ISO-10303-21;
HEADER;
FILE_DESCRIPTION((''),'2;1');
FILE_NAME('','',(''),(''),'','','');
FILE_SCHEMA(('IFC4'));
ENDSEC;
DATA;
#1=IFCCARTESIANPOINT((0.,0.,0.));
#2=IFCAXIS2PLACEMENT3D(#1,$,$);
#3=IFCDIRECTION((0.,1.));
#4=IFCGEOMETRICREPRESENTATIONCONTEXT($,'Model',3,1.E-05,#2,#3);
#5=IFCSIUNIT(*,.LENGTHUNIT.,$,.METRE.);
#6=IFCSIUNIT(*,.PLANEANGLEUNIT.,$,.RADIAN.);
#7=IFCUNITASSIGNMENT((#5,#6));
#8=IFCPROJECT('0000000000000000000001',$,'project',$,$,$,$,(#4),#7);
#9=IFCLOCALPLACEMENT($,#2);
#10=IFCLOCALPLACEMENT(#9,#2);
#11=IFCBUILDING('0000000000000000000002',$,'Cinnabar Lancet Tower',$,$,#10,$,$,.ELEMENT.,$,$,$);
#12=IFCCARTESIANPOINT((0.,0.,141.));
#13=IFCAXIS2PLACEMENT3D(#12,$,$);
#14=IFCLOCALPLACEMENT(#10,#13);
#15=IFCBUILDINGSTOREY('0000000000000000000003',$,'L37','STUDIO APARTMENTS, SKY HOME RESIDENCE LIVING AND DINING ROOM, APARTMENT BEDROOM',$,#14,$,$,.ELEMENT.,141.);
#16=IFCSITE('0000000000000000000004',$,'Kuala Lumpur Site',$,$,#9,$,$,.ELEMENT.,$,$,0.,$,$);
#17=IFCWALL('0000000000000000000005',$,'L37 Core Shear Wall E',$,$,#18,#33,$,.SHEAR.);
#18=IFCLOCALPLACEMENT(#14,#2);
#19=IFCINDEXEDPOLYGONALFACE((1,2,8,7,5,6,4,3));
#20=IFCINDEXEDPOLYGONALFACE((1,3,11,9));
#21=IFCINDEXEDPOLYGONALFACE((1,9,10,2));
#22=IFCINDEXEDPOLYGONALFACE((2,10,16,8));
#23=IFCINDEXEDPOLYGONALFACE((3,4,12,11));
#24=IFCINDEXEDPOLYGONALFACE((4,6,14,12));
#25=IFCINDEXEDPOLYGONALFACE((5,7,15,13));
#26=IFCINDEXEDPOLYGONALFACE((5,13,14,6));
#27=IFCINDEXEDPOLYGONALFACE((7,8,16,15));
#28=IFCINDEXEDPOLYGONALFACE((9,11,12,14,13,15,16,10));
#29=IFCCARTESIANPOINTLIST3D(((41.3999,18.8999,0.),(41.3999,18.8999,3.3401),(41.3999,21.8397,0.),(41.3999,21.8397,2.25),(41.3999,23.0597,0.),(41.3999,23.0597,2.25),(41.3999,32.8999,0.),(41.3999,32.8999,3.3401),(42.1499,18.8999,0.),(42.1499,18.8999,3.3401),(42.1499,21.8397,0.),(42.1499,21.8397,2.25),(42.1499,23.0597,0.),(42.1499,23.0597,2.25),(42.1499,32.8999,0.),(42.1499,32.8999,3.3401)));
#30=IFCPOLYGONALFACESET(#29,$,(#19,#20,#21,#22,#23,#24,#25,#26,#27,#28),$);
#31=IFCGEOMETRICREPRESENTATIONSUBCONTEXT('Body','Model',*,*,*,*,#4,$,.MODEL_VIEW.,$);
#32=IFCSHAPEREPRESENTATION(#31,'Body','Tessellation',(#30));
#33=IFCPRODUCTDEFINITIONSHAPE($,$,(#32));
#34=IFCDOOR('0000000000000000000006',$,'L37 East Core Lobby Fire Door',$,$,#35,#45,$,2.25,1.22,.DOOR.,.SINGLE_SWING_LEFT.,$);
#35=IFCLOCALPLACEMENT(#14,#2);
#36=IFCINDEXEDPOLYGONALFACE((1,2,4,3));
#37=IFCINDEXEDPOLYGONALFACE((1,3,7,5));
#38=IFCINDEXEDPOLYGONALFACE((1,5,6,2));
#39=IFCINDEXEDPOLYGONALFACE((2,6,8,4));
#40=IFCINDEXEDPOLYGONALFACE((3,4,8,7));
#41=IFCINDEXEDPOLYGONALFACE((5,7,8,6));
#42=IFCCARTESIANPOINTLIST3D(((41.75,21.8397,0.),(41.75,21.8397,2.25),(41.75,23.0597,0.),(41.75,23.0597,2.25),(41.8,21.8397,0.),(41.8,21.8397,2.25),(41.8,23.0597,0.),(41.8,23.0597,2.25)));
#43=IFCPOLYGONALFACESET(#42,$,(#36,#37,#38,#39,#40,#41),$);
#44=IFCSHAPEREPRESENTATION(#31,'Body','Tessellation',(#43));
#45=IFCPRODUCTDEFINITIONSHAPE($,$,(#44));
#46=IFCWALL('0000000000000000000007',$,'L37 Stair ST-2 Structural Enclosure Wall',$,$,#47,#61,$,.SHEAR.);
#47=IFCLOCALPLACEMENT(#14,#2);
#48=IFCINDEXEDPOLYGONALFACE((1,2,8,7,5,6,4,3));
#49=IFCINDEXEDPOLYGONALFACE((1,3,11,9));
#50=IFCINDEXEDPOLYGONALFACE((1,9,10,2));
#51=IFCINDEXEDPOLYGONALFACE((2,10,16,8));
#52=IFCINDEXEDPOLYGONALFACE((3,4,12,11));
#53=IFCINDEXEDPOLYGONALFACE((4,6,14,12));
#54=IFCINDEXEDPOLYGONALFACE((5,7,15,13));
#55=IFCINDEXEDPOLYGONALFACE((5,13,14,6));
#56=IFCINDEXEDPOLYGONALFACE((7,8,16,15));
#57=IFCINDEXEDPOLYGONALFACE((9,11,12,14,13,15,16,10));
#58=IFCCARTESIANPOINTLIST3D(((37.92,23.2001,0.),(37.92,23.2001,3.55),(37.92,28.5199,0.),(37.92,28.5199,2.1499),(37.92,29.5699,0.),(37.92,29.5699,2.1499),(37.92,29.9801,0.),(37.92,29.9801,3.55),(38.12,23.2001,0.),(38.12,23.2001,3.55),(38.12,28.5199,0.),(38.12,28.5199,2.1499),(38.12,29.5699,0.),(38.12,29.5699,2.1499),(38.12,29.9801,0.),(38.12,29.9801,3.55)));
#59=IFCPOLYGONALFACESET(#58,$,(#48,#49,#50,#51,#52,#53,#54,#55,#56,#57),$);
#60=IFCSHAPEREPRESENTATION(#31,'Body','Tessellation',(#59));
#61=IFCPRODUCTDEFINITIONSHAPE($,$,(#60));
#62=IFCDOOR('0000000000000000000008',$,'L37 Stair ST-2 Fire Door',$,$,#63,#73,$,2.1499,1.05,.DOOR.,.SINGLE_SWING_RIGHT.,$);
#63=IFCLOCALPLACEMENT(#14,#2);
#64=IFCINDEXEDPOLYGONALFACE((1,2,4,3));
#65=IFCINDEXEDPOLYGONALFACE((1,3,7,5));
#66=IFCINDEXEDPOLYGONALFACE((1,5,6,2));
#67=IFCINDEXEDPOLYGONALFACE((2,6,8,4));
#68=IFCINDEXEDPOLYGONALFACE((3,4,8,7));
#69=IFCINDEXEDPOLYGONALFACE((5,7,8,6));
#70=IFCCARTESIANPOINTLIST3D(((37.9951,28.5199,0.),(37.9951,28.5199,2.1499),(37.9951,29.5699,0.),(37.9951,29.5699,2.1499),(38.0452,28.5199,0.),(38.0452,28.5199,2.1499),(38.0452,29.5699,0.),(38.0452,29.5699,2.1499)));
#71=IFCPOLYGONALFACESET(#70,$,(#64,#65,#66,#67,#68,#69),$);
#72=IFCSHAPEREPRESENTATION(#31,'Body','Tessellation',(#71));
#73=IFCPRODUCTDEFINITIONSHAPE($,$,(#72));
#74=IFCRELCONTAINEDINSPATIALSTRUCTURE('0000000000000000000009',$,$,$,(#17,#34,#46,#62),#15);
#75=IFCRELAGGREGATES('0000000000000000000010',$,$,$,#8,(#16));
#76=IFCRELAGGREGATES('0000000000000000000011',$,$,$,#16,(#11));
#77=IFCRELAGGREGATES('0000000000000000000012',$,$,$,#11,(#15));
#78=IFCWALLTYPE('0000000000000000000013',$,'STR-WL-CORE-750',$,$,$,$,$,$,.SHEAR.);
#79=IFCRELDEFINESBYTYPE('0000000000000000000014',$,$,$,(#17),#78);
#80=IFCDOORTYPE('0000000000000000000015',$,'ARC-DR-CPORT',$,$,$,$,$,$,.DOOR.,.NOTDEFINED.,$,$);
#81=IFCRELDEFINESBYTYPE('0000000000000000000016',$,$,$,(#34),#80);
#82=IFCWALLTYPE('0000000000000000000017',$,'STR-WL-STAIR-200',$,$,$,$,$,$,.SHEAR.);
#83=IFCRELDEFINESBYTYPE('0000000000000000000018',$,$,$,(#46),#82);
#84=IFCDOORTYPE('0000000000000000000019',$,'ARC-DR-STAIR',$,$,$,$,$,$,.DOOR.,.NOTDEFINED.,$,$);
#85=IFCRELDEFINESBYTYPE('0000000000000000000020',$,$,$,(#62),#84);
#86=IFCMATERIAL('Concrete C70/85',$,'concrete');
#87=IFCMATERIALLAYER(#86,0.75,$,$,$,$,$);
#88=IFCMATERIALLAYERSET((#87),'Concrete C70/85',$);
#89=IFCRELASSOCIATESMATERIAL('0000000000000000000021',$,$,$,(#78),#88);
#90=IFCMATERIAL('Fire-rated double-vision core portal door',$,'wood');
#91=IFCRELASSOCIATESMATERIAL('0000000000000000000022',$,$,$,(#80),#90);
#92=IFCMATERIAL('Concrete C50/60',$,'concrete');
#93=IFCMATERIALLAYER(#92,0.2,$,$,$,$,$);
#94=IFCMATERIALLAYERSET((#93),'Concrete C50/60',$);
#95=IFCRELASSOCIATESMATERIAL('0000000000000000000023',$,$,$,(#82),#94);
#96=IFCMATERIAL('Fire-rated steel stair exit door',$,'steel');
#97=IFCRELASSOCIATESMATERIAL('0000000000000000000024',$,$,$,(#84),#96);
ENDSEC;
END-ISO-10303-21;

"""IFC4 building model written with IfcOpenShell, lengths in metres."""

from ifc_helpers import new_model, si_unit, direction, frame, frame_2d, origin, place, context, subcontext, project, spatial, rectangle, extrude, material, layer, layer_set, type_object, element, fill, save


model = new_model("IFC4")

# Units and contexts
model_context = context("Model", 3, precision=1e-05, world=origin(), true_north=direction((0.0, 1.0)))
body_context = subcontext(model_context, "Body", "Model", "MODEL_VIEW")
ifc_project = project(units=[si_unit("LENGTHUNIT", "METRE"), si_unit("PLANEANGLEUNIT", "RADIAN")], contexts=[model_context])

# Site, building, storey
site_placement = place(None, origin())
site = spatial("IfcSite", under=ifc_project, at=site_placement, Name="Kuala Lumpur Site", CompositionType="ELEMENT", RefElevation=0.0)
building_placement = place(site_placement, origin())
building = spatial("IfcBuilding", under=site, at=building_placement, Name="Cinnabar Lancet Tower", CompositionType="ELEMENT")
storey_placement = place(building_placement, frame((0.0, 0.0, 141.0)))
storey = spatial("IfcBuildingStorey", under=building, at=storey_placement, Name="L37", Description="STUDIO APARTMENTS, SKY HOME RESIDENCE LIVING AND DINING ROOM, APARTMENT BEDROOM", CompositionType="ELEMENT", Elevation=141.0)

# Walls, openings, doors
ifc_material_1 = material(Name="Concrete C70/85", Category="concrete")
ifc_layer_1 = layer(ifc_material_1, 0.75)
ifc_layer_set_1 = layer_set([ifc_layer_1], Name="Concrete C70/85")
wall_type_1 = type_object("IfcWallType", Name="STR-WL-CORE-750", PredefinedType="SHEAR", material=ifc_layer_set_1)
wall_1_placement = place(storey_placement, frame((41.7749, 18.8999, 0.0), z_axis=(0.0, 0.0, 1.0), x_axis=(0.0, 1.0, 0.0)))
wall_1 = element("IfcWall", 1, at=wall_1_placement, inside=storey, type_object=wall_type_1, Name="L37 Core Shear Wall E", PredefinedType="SHEAR", context=body_context, shape_type="SweptSolid", body=[
    extrude(rectangle(XDim=14.0, YDim=0.75, at=frame_2d((7.0, 0.0))), origin(), (0.0, 0.0, 1.0), 3.3401),
])
opening_1_placement = place(wall_1_placement, frame((2.9399, 0.0, 0.0)))
opening_1 = element("IfcOpeningElement", 2, at=opening_1_placement, cuts=wall_1, PredefinedType="OPENING", context=body_context, shape_type="SweptSolid", body=[
    extrude(rectangle(XDim=1.22, YDim=2.25, at=frame_2d((0.6099, 1.125))), frame((0.0, 0.385, 0.0), z_axis=(0.0, -1.0, 0.0), x_axis=(1.0, 0.0, 0.0)), (0.0, 0.0, 1.0), 0.77),
])
ifc_material_2 = material(Name="Fire-rated double-vision core portal door", Category="wood")
door_type_1 = type_object("IfcDoorType", Name="ARC-DR-CPORT", OperationType="NOTDEFINED", PredefinedType="DOOR", material=ifc_material_2)
door_1_placement = place(opening_1_placement, origin())
door_1 = element("IfcDoor", 3, at=door_1_placement, inside=storey, type_object=door_type_1, Name="L37 East Core Lobby Fire Door", OperationType="SINGLE_SWING_LEFT", OverallHeight=2.25, OverallWidth=1.22, PredefinedType="DOOR", context=body_context, shape_type="SweptSolid", body=[
    extrude(rectangle(XDim=1.22, YDim=2.25, at=frame_2d((0.6099, 1.125))), frame((0.0, 0.0249, 0.0), z_axis=(0.0, -1.0, 0.0), x_axis=(1.0, 0.0, 0.0)), (0.0, 0.0, 1.0), 0.05),
])
fill(opening_1, door_1)
ifc_material_3 = material(Name="Concrete C50/60", Category="concrete")
ifc_layer_2 = layer(ifc_material_3, 0.2)
ifc_layer_set_2 = layer_set([ifc_layer_2], Name="Concrete C50/60")
wall_type_2 = type_object("IfcWallType", Name="STR-WL-STAIR-200", PredefinedType="SHEAR", material=ifc_layer_set_2)
wall_2_placement = place(storey_placement, frame((38.02, 23.2, 0.0), z_axis=(0.0, 0.0, 1.0), x_axis=(0.0, 1.0, 0.0)))
wall_2 = element("IfcWall", 4, at=wall_2_placement, inside=storey, type_object=wall_type_2, Name="L37 Stair ST-2 Structural Enclosure Wall", PredefinedType="SHEAR", context=body_context, shape_type="SweptSolid", body=[
    extrude(rectangle(XDim=6.78, YDim=0.2, at=frame_2d((3.3901, 0.0))), origin(), (0.0, 0.0, 1.0), 3.55),
])
opening_2_placement = place(wall_2_placement, frame((5.3201, 0.0, 0.0)))
opening_2 = element("IfcOpeningElement", 5, at=opening_2_placement, cuts=wall_2, PredefinedType="OPENING", context=body_context, shape_type="SweptSolid", body=[
    extrude(rectangle(XDim=1.05, YDim=2.1499, at=frame_2d((0.5249, 1.075))), frame((0.0, 0.1099, 0.0), z_axis=(0.0, -1.0, 0.0), x_axis=(1.0, 0.0, 0.0)), (0.0, 0.0, 1.0), 0.22),
])
ifc_material_4 = material(Name="Fire-rated steel stair exit door", Category="steel")
door_type_2 = type_object("IfcDoorType", Name="ARC-DR-STAIR", OperationType="NOTDEFINED", PredefinedType="DOOR", material=ifc_material_4)
door_2_placement = place(opening_2_placement, origin())
door_2 = element("IfcDoor", 6, at=door_2_placement, inside=storey, type_object=door_type_2, Name="L37 Stair ST-2 Fire Door", OperationType="SINGLE_SWING_RIGHT", OverallHeight=2.1499, OverallWidth=1.05, PredefinedType="DOOR", context=body_context, shape_type="SweptSolid", body=[
    extrude(rectangle(XDim=1.05, YDim=2.1499, at=frame_2d((0.5249, 1.075))), frame((0.0, 0.0249, 0.0), z_axis=(0.0, -1.0, 0.0), x_axis=(1.0, 0.0, 0.0)), (0.0, 0.0, 1.0), 0.05),
])
fill(opening_2, door_2)

save(model, "model.ifc")
